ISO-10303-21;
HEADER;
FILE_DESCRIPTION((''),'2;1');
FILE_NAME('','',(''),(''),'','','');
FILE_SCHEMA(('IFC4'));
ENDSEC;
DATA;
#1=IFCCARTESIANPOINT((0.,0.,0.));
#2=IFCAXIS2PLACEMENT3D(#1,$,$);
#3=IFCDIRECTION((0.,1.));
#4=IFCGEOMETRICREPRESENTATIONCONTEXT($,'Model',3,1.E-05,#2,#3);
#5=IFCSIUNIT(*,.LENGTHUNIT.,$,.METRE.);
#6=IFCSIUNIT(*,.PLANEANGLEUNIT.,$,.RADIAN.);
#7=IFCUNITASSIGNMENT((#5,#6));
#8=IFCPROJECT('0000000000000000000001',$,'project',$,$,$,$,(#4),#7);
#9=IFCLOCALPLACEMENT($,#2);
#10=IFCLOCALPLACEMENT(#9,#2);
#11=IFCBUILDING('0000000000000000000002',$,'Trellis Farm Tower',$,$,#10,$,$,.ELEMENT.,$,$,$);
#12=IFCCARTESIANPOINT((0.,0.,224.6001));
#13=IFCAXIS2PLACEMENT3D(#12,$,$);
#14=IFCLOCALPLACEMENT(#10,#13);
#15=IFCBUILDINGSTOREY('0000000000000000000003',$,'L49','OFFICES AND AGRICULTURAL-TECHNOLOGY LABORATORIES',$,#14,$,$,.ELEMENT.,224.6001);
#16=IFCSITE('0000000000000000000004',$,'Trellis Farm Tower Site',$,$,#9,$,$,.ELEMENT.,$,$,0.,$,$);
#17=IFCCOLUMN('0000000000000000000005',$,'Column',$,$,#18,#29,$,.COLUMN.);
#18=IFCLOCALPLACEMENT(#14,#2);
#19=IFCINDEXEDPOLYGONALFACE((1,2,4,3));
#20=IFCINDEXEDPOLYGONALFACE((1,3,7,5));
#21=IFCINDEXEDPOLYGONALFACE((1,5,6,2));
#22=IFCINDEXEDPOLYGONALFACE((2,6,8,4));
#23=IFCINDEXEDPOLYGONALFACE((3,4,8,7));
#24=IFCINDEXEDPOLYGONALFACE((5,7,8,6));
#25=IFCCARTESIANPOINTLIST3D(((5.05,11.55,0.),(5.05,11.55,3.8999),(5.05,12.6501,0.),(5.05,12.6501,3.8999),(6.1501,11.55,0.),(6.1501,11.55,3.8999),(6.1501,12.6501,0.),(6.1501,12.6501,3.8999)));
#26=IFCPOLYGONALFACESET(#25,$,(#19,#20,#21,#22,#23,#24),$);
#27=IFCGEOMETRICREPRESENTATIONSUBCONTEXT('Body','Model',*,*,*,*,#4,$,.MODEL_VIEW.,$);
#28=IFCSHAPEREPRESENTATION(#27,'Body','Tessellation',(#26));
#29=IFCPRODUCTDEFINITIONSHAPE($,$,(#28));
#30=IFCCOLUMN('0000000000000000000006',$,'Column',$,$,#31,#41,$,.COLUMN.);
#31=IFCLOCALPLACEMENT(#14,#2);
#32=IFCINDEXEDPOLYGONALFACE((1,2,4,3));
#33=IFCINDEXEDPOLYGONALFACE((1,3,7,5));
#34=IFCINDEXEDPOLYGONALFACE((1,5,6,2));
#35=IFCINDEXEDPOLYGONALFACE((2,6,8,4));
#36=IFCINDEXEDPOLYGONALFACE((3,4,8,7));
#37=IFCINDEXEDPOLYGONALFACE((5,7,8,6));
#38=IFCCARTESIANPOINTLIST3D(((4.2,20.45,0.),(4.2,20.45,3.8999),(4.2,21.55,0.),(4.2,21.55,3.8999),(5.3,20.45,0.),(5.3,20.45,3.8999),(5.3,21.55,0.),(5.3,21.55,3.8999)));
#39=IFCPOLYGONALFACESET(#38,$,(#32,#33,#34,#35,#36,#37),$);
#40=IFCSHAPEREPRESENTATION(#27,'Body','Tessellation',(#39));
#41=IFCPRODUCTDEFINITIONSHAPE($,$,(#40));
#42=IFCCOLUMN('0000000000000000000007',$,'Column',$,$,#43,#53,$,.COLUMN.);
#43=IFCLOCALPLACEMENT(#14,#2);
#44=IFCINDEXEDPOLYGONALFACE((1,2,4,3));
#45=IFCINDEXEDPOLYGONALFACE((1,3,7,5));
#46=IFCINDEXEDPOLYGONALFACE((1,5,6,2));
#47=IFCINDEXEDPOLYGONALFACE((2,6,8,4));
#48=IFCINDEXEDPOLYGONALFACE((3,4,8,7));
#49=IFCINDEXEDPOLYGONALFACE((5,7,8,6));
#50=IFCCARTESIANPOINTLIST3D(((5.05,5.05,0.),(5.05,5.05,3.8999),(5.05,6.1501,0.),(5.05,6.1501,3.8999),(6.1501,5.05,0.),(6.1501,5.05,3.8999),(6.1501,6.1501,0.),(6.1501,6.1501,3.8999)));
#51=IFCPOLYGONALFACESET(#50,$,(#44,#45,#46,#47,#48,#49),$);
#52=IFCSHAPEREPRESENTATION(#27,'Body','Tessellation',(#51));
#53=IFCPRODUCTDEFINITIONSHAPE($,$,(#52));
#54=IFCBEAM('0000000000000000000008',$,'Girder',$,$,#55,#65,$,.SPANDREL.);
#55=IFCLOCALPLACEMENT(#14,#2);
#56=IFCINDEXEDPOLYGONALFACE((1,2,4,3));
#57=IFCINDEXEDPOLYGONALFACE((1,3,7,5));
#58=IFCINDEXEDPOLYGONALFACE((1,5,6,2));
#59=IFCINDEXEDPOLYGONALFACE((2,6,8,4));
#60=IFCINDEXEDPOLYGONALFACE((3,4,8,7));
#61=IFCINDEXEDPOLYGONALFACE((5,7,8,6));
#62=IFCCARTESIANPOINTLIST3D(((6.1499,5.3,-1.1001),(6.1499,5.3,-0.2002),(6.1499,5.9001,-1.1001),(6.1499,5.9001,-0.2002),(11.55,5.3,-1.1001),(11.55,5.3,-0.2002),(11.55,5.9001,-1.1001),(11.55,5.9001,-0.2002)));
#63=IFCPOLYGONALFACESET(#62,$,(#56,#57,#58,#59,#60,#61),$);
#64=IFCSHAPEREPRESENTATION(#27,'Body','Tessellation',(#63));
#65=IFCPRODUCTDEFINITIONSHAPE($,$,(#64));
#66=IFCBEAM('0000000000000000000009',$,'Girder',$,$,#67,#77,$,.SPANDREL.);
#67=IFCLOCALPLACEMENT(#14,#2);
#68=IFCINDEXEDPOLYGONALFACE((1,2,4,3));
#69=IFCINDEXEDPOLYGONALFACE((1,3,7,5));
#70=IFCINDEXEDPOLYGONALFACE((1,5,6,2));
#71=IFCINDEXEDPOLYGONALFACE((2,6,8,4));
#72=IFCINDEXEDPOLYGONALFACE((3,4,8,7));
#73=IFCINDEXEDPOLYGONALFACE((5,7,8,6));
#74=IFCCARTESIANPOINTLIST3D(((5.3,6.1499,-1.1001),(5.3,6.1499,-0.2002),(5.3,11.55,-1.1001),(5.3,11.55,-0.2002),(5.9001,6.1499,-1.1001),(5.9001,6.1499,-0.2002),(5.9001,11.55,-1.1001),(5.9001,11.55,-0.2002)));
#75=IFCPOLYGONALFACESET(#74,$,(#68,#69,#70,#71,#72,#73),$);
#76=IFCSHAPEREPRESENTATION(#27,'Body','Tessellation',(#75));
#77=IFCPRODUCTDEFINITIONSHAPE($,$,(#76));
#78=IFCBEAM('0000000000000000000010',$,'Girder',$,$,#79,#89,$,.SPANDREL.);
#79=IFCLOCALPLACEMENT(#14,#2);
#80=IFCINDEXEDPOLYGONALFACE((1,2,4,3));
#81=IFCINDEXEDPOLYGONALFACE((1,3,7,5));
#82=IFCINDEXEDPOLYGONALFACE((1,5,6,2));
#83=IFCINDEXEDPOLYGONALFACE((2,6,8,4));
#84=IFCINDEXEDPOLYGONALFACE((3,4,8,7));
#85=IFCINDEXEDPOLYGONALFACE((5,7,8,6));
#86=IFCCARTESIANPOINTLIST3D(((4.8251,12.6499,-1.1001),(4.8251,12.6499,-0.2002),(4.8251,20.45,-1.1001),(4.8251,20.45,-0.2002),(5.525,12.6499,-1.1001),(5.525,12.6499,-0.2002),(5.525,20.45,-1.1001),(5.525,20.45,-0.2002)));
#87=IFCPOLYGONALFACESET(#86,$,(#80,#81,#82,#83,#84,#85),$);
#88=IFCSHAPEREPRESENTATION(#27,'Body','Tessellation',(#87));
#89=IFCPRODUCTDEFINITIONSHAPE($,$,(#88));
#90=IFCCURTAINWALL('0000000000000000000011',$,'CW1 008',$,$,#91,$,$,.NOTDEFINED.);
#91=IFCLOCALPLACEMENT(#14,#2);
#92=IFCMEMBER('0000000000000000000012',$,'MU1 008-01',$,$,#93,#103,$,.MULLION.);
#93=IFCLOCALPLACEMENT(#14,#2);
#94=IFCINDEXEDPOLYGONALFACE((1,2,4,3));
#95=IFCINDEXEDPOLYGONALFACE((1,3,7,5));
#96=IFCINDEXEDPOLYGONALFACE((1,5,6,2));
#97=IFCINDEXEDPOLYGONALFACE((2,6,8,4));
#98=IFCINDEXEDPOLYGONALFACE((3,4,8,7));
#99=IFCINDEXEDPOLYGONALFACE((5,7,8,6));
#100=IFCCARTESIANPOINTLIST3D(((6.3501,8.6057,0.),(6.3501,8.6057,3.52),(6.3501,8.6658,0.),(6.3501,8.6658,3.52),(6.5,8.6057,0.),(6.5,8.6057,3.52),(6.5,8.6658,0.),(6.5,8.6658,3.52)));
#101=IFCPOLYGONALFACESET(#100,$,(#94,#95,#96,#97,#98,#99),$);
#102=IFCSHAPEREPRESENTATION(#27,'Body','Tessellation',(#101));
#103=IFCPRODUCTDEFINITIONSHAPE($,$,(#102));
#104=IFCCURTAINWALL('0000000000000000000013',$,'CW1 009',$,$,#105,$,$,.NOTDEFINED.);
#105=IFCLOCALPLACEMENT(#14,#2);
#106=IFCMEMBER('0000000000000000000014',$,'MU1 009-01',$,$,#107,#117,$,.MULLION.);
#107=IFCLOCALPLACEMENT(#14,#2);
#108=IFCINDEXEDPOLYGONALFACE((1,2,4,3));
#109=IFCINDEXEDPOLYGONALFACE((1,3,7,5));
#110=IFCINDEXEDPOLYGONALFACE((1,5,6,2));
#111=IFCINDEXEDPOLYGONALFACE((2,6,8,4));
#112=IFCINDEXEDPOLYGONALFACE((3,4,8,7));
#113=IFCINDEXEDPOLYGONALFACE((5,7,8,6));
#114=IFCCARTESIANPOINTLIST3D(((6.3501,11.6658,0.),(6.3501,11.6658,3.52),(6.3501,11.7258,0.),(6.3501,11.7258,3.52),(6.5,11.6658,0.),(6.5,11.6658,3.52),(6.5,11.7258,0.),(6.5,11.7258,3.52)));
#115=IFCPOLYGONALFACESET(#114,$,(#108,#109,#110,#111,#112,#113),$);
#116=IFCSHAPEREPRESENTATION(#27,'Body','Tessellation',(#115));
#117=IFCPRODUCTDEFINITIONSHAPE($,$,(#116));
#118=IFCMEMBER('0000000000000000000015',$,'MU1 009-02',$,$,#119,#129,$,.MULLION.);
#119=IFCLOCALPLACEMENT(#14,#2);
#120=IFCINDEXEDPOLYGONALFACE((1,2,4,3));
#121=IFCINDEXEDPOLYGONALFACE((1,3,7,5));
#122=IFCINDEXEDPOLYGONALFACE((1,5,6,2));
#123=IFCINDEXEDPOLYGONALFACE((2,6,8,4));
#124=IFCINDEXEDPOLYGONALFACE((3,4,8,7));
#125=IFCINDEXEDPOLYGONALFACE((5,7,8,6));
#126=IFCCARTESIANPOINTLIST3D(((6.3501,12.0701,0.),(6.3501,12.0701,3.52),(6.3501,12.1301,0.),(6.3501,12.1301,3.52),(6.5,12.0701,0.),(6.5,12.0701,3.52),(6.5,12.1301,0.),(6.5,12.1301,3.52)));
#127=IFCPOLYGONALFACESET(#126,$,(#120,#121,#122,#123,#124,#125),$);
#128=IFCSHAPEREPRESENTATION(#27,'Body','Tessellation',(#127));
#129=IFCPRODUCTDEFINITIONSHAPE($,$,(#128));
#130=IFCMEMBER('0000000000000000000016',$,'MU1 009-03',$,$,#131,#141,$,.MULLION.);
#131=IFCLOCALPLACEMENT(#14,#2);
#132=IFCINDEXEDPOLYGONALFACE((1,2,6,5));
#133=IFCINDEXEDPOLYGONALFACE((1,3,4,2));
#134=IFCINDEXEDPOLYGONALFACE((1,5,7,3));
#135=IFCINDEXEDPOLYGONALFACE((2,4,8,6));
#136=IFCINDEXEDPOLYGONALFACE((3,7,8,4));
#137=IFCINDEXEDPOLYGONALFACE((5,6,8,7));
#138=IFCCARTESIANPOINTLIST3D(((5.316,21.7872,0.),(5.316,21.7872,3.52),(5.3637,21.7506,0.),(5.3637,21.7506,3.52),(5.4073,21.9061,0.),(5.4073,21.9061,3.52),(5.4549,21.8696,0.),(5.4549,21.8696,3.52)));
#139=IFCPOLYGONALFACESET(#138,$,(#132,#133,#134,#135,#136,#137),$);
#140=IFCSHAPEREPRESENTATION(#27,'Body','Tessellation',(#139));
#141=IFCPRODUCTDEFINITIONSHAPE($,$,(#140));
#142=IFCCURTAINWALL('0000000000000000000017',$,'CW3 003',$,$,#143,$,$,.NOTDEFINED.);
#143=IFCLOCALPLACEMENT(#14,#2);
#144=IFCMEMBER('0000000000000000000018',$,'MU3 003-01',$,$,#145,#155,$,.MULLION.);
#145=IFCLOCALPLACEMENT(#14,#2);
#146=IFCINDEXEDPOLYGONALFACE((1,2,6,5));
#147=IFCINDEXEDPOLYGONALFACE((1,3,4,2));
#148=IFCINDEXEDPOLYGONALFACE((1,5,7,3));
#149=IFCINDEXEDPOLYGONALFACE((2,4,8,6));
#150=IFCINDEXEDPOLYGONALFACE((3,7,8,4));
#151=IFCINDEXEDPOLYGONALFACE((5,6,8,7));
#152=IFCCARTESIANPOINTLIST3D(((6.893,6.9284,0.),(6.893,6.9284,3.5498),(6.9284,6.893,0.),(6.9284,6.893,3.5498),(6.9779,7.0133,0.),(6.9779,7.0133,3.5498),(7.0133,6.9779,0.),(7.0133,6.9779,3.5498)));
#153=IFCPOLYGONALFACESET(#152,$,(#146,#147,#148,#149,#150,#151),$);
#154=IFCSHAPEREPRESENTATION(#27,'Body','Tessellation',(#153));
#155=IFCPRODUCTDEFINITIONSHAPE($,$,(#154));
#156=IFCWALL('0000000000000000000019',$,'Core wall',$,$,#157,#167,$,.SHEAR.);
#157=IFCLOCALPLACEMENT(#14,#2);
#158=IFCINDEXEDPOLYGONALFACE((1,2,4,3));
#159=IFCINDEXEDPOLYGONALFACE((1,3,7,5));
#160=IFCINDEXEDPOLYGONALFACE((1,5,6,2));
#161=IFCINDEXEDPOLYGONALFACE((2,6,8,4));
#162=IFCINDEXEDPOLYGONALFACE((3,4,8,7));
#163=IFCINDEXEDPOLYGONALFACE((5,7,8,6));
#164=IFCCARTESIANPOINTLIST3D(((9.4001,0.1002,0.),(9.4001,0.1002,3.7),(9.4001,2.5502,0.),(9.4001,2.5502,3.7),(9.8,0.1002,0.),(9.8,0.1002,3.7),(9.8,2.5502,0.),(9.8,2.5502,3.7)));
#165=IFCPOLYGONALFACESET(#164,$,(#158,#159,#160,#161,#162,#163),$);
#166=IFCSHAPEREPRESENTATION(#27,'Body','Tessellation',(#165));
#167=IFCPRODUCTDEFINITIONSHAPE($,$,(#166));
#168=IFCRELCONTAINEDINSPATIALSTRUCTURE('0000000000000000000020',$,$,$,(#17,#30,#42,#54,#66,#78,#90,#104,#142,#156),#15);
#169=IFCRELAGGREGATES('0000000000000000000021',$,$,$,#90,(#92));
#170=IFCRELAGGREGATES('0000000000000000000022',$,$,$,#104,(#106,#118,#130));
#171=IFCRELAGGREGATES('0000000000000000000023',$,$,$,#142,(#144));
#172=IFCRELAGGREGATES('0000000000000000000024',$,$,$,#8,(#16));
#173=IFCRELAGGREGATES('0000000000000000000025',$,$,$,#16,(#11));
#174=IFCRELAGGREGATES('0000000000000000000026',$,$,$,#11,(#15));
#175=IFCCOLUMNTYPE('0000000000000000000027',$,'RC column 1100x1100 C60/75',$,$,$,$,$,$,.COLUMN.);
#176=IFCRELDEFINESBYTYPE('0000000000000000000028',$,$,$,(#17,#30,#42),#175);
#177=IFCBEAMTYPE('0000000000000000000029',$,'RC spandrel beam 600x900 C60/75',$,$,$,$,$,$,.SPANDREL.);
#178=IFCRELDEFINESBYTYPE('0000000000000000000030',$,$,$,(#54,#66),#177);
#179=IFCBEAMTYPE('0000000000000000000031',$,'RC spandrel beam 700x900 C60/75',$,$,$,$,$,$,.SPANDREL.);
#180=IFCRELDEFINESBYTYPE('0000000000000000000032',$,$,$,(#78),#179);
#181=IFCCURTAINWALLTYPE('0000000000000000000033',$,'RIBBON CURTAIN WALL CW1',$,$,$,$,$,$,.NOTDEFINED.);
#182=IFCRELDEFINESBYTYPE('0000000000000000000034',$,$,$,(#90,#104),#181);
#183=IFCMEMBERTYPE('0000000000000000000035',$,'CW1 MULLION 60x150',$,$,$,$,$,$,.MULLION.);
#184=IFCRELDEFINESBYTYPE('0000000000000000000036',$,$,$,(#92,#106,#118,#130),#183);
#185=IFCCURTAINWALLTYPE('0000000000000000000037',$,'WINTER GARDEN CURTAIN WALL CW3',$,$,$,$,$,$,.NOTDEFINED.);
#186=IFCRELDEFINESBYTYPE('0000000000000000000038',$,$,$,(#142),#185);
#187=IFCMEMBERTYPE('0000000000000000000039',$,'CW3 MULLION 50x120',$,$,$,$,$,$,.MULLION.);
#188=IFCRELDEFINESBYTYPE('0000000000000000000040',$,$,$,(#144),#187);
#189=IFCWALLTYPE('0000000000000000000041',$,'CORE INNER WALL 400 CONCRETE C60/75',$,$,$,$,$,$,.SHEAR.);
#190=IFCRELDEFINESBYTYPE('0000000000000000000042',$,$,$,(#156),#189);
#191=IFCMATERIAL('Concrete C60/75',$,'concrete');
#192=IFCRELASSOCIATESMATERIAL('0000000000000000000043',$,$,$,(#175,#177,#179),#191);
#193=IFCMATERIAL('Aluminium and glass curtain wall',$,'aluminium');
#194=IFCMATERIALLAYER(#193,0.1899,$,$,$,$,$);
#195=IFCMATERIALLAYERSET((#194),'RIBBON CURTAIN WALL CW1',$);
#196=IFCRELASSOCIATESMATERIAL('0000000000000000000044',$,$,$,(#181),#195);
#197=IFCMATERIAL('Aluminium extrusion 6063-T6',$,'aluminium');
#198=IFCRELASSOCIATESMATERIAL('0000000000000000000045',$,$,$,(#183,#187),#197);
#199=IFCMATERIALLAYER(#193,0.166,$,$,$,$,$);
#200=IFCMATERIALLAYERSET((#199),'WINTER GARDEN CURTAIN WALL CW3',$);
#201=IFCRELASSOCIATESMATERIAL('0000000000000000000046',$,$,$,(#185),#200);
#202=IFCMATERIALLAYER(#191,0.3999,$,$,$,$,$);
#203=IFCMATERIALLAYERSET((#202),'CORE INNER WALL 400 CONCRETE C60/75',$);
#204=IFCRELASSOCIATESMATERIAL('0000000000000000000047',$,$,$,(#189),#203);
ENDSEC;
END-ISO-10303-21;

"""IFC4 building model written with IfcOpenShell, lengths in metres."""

from ifc_helpers import new_model, si_unit, direction, frame, frame_2d, origin, origin_2d, place, context, subcontext, project, spatial, rectangle, extrude, source, transform, mapped, material, layer, layer_set, material_profile, profile_set, type_object, element, aggregate, save


model = new_model("IFC4")

# Units and contexts
model_context = context("Model", 3, precision=1e-05, world=origin(), true_north=direction((0.0, 1.0)))
body_context = subcontext(model_context, "Body", "Model", "MODEL_VIEW")
ifc_project = project(units=[si_unit("LENGTHUNIT", "METRE"), si_unit("PLANEANGLEUNIT", "RADIAN")], contexts=[model_context])

# Site, building, storey
site_placement = place(None, origin())
site = spatial("IfcSite", under=ifc_project, at=site_placement, Name="Trellis Farm Tower Site", CompositionType="ELEMENT", RefElevation=0.0)
building_placement = place(site_placement, origin())
building = spatial("IfcBuilding", under=site, at=building_placement, Name="Trellis Farm Tower", CompositionType="ELEMENT")
storey_placement = place(building_placement, frame((0.0, 0.0, 224.6001)))
storey = spatial("IfcBuildingStorey", under=building, at=storey_placement, Name="L49", Description="OFFICES AND AGRICULTURAL-TECHNOLOGY LABORATORIES", CompositionType="ELEMENT", Elevation=224.6001)

# Columns
ifc_material_1 = material(Name="Concrete C60/75", Category="concrete")
ifc_material_profile_1 = material_profile(ifc_material_1, rectangle(XDim=1.1001, YDim=1.1001, at=origin_2d()), Name="RC column 1100x1100 C60/75")
ifc_profile_set_1 = profile_set([ifc_material_profile_1], Name="Concrete C60/75")
column_type = type_object("IfcColumnType", Name="RC column 1100x1100 C60/75", PredefinedType="COLUMN", material=ifc_profile_set_1)
shared_shape_1 = source(origin(), body_context, "Body", "SweptSolid", [
    extrude(rectangle(XDim=1.1001, YDim=1.1001, at=origin_2d()), origin(), (0.0, 0.0, 1.0), 3.8999),
])
for number, where, z_axis, x_axis, name in (
    (1, (5.6001, 12.1001, 0.0), (0.0, 0.0, 1.0), (1.0, 0.0, 0.0), "Column"),
    (2, (4.75, 21.0, 0.0), (0.0, 0.0, 1.0), (1.0, 0.0, 0.0), "Column"),
    (3, (5.6001, 5.6001, 0.0), (0.0, 0.0, 1.0), (1.0, 0.0, 0.0), "Column"),
):
    element("IfcColumn", number, at=place(storey_placement, frame(where, z_axis=z_axis, x_axis=x_axis)), inside=storey, type_object=column_type, Name=name, PredefinedType="COLUMN", context=body_context, shape_type="MappedRepresentation", body=[
        mapped(shared_shape_1, transform((0.0, 0.0, 0.0))),
    ])

# Beams
ifc_material_profile_2 = material_profile(ifc_material_1, rectangle(XDim=0.6001, YDim=0.8999, at=origin_2d()), Name="RC spandrel beam 600x900 C60/75")
ifc_profile_set_2 = profile_set([ifc_material_profile_2], Name="Concrete C60/75")
beam_type_1 = type_object("IfcBeamType", Name="RC spandrel beam 600x900 C60/75", PredefinedType="SPANDREL", material=ifc_profile_set_2)
shared_shape_2 = source(origin(), body_context, "Body", "SweptSolid", [
    extrude(rectangle(XDim=0.6001, YDim=0.8999, at=origin_2d()), origin(), (0.0, 0.0, 1.0), 5.4001),
])
for number, where, z_axis, x_axis, name in (
    (4, (6.1499, 5.6001, -0.6501), (1.0, 0.0, 0.0), (0.0, 1.0, 0.0), "Girder"),
    (5, (5.6001, 6.1499, -0.6501), (0.0, 1.0, 0.0), (-1.0, 0.0, 0.0), "Girder"),
):
    element("IfcBeam", number, at=place(storey_placement, frame(where, z_axis=z_axis, x_axis=x_axis)), inside=storey, type_object=beam_type_1, Name=name, PredefinedType="SPANDREL", context=body_context, shape_type="MappedRepresentation", body=[
        mapped(shared_shape_2, transform((0.0, 0.0, 0.0))),
    ])
ifc_material_profile_3 = material_profile(ifc_material_1, rectangle(XDim=0.7, YDim=0.8999, at=origin_2d()), Name="RC spandrel beam 700x900 C60/75")
ifc_profile_set_3 = profile_set([ifc_material_profile_3], Name="Concrete C60/75")
beam_type_2 = type_object("IfcBeamType", Name="RC spandrel beam 700x900 C60/75", PredefinedType="SPANDREL", material=ifc_profile_set_3)
shared_shape_3 = source(origin(), body_context, "Body", "SweptSolid", [
    extrude(rectangle(XDim=0.7, YDim=0.8999, at=origin_2d()), origin(), (0.0, 0.0, 1.0), 7.8),
])
beam_placement = place(storey_placement, frame((5.175, 12.6499, -0.6501), z_axis=(0.0, 1.0, 0.0), x_axis=(-1.0, 0.0, 0.0)))
element("IfcBeam", 6, at=beam_placement, inside=storey, type_object=beam_type_2, Name="Girder", PredefinedType="SPANDREL", context=body_context, shape_type="MappedRepresentation", body=[
    mapped(shared_shape_3, transform((0.0, 0.0, 0.0))),
])

# Curtain wall, member
ifc_material_2 = material(Name="Aluminium and glass curtain wall", Category="aluminium")
ifc_layer_1 = layer(ifc_material_2, 0.1899)
ifc_layer_set_1 = layer_set([ifc_layer_1], Name="RIBBON CURTAIN WALL CW1")
curtain_wall_type_1 = type_object("IfcCurtainWallType", Name="RIBBON CURTAIN WALL CW1", PredefinedType="NOTDEFINED", material=ifc_layer_set_1)
placement = place(storey_placement, origin())
curtain_wall_1 = element("IfcCurtainWall", 7, at=placement, inside=storey, type_object=curtain_wall_type_1, Name="CW1 008", PredefinedType="NOTDEFINED")
ifc_material_3 = material(Name="Aluminium extrusion 6063-T6", Category="aluminium")
ifc_material_profile_4 = material_profile(ifc_material_3, rectangle(XDim=0.0601, YDim=0.1499, at=origin_2d()), Name="MULLION 60x150")
ifc_profile_set_4 = profile_set([ifc_material_profile_4], Name="Aluminium extrusion 6063-T6")
member_type_1 = type_object("IfcMemberType", Name="CW1 MULLION 60x150", PredefinedType="MULLION", material=ifc_profile_set_4)
shared_shape_4 = source(origin(), body_context, "Body", "SweptSolid", [
    extrude(rectangle(XDim=0.0601, YDim=0.1499, at=origin_2d()), origin(), (0.0, 0.0, 1.0), 3.52),
])
member_1_placement = place(storey_placement, frame((6.425, 8.6357, 0.0), z_axis=(0.0, 0.0, 1.0), x_axis=(0.0, 1.0, 0.0)))
member_1 = element("IfcMember", 8, at=member_1_placement, type_object=member_type_1, Name="MU1 008-01", PredefinedType="MULLION", context=body_context, shape_type="MappedRepresentation", body=[
    mapped(shared_shape_4, transform((0.0, 0.0, 0.0))),
])
aggregate(curtain_wall_1, [member_1])

# Curtain wall, members
curtain_wall_2 = element("IfcCurtainWall", 9, at=placement, inside=storey, type_object=curtain_wall_type_1, Name="CW1 009", PredefinedType="NOTDEFINED")
member_2_placement = place(storey_placement, frame((6.425, 11.6958, 0.0), z_axis=(0.0, 0.0, 1.0), x_axis=(0.0, 1.0, 0.0)))
member_2 = element("IfcMember", 10, at=member_2_placement, type_object=member_type_1, Name="MU1 009-01", PredefinedType="MULLION", context=body_context, shape_type="MappedRepresentation", body=[
    mapped(shared_shape_4, transform((0.0, 0.0, 0.0))),
])
member_3_placement = place(storey_placement, frame((6.425, 12.1001, 0.0), z_axis=(0.0, 0.0, 1.0), x_axis=(0.0, 1.0, 0.0)))
member_3 = element("IfcMember", 11, at=member_3_placement, type_object=member_type_1, Name="MU1 009-02", PredefinedType="MULLION", context=body_context, shape_type="MappedRepresentation", body=[
    mapped(shared_shape_4, transform((0.0, 0.0, 0.0))),
])
member_4_placement = place(storey_placement, frame((5.3855, 21.8284, 0.0), z_axis=(0.0, 0.0, 1.0), x_axis=(-0.793353, 0.608761, 0.0)))
member_4 = element("IfcMember", 12, at=member_4_placement, type_object=member_type_1, Name="MU1 009-03", PredefinedType="MULLION", context=body_context, shape_type="MappedRepresentation", body=[
    mapped(shared_shape_4, transform((0.0, 0.0, 0.0))),
])
aggregate(curtain_wall_2, [member_2, member_3, member_4])

# Curtain wall, member
ifc_layer_2 = layer(ifc_material_2, 0.166)
ifc_layer_set_2 = layer_set([ifc_layer_2], Name="WINTER GARDEN CURTAIN WALL CW3")
curtain_wall_type_2 = type_object("IfcCurtainWallType", Name="WINTER GARDEN CURTAIN WALL CW3", PredefinedType="NOTDEFINED", material=ifc_layer_set_2)
curtain_wall_3 = element("IfcCurtainWall", 13, at=placement, inside=storey, type_object=curtain_wall_type_2, Name="CW3 003", PredefinedType="NOTDEFINED")
ifc_material_profile_5 = material_profile(ifc_material_3, rectangle(XDim=0.05, YDim=0.1201, at=origin_2d()), Name="MULLION 50x120")
ifc_profile_set_5 = profile_set([ifc_material_profile_5], Name="Aluminium extrusion 6063-T6")
member_type_2 = type_object("IfcMemberType", Name="CW3 MULLION 50x120", PredefinedType="MULLION", material=ifc_profile_set_5)
shared_shape_5 = source(origin(), body_context, "Body", "SweptSolid", [
    extrude(rectangle(XDim=0.05, YDim=0.1201, at=origin_2d()), origin(), (0.0, 0.0, 1.0), 3.5498),
])
member_5_placement = place(storey_placement, frame((6.9531, 6.9531, 0.0), z_axis=(0.0, 0.0, 1.0), x_axis=(-0.707107, 0.707107, 0.0)))
member_5 = element("IfcMember", 14, at=member_5_placement, type_object=member_type_2, Name="MU3 003-01", PredefinedType="MULLION", context=body_context, shape_type="MappedRepresentation", body=[
    mapped(shared_shape_5, transform((0.0, 0.0, 0.0))),
])
aggregate(curtain_wall_3, [member_5])

# Wall
ifc_layer_3 = layer(ifc_material_1, 0.3999)
ifc_layer_set_3 = layer_set([ifc_layer_3], Name="CORE INNER WALL 400 CONCRETE C60/75")
wall_type_1 = type_object("IfcWallType", Name="CORE INNER WALL 400 CONCRETE C60/75", PredefinedType="SHEAR", material=ifc_layer_set_3)
shared_shape_6 = source(origin(), body_context, "Body", "SweptSolid", [
    extrude(rectangle(XDim=2.45, YDim=0.3999, at=frame_2d((1.2251, 0.0))), origin(), (0.0, 0.0, 1.0), 3.7),
])
wall_1_placement = place(storey_placement, frame((9.6001, 0.1001, 0.0), z_axis=(0.0, 0.0, 1.0), x_axis=(0.0, 1.0, 0.0)))
element("IfcWall", 15, at=wall_1_placement, inside=storey, type_object=wall_type_1, Name="Core wall", PredefinedType="SHEAR", context=body_context, shape_type="MappedRepresentation", body=[
    mapped(shared_shape_6, transform((0.0, 0.0, 0.0))),
])

save(model, "model.ifc")
